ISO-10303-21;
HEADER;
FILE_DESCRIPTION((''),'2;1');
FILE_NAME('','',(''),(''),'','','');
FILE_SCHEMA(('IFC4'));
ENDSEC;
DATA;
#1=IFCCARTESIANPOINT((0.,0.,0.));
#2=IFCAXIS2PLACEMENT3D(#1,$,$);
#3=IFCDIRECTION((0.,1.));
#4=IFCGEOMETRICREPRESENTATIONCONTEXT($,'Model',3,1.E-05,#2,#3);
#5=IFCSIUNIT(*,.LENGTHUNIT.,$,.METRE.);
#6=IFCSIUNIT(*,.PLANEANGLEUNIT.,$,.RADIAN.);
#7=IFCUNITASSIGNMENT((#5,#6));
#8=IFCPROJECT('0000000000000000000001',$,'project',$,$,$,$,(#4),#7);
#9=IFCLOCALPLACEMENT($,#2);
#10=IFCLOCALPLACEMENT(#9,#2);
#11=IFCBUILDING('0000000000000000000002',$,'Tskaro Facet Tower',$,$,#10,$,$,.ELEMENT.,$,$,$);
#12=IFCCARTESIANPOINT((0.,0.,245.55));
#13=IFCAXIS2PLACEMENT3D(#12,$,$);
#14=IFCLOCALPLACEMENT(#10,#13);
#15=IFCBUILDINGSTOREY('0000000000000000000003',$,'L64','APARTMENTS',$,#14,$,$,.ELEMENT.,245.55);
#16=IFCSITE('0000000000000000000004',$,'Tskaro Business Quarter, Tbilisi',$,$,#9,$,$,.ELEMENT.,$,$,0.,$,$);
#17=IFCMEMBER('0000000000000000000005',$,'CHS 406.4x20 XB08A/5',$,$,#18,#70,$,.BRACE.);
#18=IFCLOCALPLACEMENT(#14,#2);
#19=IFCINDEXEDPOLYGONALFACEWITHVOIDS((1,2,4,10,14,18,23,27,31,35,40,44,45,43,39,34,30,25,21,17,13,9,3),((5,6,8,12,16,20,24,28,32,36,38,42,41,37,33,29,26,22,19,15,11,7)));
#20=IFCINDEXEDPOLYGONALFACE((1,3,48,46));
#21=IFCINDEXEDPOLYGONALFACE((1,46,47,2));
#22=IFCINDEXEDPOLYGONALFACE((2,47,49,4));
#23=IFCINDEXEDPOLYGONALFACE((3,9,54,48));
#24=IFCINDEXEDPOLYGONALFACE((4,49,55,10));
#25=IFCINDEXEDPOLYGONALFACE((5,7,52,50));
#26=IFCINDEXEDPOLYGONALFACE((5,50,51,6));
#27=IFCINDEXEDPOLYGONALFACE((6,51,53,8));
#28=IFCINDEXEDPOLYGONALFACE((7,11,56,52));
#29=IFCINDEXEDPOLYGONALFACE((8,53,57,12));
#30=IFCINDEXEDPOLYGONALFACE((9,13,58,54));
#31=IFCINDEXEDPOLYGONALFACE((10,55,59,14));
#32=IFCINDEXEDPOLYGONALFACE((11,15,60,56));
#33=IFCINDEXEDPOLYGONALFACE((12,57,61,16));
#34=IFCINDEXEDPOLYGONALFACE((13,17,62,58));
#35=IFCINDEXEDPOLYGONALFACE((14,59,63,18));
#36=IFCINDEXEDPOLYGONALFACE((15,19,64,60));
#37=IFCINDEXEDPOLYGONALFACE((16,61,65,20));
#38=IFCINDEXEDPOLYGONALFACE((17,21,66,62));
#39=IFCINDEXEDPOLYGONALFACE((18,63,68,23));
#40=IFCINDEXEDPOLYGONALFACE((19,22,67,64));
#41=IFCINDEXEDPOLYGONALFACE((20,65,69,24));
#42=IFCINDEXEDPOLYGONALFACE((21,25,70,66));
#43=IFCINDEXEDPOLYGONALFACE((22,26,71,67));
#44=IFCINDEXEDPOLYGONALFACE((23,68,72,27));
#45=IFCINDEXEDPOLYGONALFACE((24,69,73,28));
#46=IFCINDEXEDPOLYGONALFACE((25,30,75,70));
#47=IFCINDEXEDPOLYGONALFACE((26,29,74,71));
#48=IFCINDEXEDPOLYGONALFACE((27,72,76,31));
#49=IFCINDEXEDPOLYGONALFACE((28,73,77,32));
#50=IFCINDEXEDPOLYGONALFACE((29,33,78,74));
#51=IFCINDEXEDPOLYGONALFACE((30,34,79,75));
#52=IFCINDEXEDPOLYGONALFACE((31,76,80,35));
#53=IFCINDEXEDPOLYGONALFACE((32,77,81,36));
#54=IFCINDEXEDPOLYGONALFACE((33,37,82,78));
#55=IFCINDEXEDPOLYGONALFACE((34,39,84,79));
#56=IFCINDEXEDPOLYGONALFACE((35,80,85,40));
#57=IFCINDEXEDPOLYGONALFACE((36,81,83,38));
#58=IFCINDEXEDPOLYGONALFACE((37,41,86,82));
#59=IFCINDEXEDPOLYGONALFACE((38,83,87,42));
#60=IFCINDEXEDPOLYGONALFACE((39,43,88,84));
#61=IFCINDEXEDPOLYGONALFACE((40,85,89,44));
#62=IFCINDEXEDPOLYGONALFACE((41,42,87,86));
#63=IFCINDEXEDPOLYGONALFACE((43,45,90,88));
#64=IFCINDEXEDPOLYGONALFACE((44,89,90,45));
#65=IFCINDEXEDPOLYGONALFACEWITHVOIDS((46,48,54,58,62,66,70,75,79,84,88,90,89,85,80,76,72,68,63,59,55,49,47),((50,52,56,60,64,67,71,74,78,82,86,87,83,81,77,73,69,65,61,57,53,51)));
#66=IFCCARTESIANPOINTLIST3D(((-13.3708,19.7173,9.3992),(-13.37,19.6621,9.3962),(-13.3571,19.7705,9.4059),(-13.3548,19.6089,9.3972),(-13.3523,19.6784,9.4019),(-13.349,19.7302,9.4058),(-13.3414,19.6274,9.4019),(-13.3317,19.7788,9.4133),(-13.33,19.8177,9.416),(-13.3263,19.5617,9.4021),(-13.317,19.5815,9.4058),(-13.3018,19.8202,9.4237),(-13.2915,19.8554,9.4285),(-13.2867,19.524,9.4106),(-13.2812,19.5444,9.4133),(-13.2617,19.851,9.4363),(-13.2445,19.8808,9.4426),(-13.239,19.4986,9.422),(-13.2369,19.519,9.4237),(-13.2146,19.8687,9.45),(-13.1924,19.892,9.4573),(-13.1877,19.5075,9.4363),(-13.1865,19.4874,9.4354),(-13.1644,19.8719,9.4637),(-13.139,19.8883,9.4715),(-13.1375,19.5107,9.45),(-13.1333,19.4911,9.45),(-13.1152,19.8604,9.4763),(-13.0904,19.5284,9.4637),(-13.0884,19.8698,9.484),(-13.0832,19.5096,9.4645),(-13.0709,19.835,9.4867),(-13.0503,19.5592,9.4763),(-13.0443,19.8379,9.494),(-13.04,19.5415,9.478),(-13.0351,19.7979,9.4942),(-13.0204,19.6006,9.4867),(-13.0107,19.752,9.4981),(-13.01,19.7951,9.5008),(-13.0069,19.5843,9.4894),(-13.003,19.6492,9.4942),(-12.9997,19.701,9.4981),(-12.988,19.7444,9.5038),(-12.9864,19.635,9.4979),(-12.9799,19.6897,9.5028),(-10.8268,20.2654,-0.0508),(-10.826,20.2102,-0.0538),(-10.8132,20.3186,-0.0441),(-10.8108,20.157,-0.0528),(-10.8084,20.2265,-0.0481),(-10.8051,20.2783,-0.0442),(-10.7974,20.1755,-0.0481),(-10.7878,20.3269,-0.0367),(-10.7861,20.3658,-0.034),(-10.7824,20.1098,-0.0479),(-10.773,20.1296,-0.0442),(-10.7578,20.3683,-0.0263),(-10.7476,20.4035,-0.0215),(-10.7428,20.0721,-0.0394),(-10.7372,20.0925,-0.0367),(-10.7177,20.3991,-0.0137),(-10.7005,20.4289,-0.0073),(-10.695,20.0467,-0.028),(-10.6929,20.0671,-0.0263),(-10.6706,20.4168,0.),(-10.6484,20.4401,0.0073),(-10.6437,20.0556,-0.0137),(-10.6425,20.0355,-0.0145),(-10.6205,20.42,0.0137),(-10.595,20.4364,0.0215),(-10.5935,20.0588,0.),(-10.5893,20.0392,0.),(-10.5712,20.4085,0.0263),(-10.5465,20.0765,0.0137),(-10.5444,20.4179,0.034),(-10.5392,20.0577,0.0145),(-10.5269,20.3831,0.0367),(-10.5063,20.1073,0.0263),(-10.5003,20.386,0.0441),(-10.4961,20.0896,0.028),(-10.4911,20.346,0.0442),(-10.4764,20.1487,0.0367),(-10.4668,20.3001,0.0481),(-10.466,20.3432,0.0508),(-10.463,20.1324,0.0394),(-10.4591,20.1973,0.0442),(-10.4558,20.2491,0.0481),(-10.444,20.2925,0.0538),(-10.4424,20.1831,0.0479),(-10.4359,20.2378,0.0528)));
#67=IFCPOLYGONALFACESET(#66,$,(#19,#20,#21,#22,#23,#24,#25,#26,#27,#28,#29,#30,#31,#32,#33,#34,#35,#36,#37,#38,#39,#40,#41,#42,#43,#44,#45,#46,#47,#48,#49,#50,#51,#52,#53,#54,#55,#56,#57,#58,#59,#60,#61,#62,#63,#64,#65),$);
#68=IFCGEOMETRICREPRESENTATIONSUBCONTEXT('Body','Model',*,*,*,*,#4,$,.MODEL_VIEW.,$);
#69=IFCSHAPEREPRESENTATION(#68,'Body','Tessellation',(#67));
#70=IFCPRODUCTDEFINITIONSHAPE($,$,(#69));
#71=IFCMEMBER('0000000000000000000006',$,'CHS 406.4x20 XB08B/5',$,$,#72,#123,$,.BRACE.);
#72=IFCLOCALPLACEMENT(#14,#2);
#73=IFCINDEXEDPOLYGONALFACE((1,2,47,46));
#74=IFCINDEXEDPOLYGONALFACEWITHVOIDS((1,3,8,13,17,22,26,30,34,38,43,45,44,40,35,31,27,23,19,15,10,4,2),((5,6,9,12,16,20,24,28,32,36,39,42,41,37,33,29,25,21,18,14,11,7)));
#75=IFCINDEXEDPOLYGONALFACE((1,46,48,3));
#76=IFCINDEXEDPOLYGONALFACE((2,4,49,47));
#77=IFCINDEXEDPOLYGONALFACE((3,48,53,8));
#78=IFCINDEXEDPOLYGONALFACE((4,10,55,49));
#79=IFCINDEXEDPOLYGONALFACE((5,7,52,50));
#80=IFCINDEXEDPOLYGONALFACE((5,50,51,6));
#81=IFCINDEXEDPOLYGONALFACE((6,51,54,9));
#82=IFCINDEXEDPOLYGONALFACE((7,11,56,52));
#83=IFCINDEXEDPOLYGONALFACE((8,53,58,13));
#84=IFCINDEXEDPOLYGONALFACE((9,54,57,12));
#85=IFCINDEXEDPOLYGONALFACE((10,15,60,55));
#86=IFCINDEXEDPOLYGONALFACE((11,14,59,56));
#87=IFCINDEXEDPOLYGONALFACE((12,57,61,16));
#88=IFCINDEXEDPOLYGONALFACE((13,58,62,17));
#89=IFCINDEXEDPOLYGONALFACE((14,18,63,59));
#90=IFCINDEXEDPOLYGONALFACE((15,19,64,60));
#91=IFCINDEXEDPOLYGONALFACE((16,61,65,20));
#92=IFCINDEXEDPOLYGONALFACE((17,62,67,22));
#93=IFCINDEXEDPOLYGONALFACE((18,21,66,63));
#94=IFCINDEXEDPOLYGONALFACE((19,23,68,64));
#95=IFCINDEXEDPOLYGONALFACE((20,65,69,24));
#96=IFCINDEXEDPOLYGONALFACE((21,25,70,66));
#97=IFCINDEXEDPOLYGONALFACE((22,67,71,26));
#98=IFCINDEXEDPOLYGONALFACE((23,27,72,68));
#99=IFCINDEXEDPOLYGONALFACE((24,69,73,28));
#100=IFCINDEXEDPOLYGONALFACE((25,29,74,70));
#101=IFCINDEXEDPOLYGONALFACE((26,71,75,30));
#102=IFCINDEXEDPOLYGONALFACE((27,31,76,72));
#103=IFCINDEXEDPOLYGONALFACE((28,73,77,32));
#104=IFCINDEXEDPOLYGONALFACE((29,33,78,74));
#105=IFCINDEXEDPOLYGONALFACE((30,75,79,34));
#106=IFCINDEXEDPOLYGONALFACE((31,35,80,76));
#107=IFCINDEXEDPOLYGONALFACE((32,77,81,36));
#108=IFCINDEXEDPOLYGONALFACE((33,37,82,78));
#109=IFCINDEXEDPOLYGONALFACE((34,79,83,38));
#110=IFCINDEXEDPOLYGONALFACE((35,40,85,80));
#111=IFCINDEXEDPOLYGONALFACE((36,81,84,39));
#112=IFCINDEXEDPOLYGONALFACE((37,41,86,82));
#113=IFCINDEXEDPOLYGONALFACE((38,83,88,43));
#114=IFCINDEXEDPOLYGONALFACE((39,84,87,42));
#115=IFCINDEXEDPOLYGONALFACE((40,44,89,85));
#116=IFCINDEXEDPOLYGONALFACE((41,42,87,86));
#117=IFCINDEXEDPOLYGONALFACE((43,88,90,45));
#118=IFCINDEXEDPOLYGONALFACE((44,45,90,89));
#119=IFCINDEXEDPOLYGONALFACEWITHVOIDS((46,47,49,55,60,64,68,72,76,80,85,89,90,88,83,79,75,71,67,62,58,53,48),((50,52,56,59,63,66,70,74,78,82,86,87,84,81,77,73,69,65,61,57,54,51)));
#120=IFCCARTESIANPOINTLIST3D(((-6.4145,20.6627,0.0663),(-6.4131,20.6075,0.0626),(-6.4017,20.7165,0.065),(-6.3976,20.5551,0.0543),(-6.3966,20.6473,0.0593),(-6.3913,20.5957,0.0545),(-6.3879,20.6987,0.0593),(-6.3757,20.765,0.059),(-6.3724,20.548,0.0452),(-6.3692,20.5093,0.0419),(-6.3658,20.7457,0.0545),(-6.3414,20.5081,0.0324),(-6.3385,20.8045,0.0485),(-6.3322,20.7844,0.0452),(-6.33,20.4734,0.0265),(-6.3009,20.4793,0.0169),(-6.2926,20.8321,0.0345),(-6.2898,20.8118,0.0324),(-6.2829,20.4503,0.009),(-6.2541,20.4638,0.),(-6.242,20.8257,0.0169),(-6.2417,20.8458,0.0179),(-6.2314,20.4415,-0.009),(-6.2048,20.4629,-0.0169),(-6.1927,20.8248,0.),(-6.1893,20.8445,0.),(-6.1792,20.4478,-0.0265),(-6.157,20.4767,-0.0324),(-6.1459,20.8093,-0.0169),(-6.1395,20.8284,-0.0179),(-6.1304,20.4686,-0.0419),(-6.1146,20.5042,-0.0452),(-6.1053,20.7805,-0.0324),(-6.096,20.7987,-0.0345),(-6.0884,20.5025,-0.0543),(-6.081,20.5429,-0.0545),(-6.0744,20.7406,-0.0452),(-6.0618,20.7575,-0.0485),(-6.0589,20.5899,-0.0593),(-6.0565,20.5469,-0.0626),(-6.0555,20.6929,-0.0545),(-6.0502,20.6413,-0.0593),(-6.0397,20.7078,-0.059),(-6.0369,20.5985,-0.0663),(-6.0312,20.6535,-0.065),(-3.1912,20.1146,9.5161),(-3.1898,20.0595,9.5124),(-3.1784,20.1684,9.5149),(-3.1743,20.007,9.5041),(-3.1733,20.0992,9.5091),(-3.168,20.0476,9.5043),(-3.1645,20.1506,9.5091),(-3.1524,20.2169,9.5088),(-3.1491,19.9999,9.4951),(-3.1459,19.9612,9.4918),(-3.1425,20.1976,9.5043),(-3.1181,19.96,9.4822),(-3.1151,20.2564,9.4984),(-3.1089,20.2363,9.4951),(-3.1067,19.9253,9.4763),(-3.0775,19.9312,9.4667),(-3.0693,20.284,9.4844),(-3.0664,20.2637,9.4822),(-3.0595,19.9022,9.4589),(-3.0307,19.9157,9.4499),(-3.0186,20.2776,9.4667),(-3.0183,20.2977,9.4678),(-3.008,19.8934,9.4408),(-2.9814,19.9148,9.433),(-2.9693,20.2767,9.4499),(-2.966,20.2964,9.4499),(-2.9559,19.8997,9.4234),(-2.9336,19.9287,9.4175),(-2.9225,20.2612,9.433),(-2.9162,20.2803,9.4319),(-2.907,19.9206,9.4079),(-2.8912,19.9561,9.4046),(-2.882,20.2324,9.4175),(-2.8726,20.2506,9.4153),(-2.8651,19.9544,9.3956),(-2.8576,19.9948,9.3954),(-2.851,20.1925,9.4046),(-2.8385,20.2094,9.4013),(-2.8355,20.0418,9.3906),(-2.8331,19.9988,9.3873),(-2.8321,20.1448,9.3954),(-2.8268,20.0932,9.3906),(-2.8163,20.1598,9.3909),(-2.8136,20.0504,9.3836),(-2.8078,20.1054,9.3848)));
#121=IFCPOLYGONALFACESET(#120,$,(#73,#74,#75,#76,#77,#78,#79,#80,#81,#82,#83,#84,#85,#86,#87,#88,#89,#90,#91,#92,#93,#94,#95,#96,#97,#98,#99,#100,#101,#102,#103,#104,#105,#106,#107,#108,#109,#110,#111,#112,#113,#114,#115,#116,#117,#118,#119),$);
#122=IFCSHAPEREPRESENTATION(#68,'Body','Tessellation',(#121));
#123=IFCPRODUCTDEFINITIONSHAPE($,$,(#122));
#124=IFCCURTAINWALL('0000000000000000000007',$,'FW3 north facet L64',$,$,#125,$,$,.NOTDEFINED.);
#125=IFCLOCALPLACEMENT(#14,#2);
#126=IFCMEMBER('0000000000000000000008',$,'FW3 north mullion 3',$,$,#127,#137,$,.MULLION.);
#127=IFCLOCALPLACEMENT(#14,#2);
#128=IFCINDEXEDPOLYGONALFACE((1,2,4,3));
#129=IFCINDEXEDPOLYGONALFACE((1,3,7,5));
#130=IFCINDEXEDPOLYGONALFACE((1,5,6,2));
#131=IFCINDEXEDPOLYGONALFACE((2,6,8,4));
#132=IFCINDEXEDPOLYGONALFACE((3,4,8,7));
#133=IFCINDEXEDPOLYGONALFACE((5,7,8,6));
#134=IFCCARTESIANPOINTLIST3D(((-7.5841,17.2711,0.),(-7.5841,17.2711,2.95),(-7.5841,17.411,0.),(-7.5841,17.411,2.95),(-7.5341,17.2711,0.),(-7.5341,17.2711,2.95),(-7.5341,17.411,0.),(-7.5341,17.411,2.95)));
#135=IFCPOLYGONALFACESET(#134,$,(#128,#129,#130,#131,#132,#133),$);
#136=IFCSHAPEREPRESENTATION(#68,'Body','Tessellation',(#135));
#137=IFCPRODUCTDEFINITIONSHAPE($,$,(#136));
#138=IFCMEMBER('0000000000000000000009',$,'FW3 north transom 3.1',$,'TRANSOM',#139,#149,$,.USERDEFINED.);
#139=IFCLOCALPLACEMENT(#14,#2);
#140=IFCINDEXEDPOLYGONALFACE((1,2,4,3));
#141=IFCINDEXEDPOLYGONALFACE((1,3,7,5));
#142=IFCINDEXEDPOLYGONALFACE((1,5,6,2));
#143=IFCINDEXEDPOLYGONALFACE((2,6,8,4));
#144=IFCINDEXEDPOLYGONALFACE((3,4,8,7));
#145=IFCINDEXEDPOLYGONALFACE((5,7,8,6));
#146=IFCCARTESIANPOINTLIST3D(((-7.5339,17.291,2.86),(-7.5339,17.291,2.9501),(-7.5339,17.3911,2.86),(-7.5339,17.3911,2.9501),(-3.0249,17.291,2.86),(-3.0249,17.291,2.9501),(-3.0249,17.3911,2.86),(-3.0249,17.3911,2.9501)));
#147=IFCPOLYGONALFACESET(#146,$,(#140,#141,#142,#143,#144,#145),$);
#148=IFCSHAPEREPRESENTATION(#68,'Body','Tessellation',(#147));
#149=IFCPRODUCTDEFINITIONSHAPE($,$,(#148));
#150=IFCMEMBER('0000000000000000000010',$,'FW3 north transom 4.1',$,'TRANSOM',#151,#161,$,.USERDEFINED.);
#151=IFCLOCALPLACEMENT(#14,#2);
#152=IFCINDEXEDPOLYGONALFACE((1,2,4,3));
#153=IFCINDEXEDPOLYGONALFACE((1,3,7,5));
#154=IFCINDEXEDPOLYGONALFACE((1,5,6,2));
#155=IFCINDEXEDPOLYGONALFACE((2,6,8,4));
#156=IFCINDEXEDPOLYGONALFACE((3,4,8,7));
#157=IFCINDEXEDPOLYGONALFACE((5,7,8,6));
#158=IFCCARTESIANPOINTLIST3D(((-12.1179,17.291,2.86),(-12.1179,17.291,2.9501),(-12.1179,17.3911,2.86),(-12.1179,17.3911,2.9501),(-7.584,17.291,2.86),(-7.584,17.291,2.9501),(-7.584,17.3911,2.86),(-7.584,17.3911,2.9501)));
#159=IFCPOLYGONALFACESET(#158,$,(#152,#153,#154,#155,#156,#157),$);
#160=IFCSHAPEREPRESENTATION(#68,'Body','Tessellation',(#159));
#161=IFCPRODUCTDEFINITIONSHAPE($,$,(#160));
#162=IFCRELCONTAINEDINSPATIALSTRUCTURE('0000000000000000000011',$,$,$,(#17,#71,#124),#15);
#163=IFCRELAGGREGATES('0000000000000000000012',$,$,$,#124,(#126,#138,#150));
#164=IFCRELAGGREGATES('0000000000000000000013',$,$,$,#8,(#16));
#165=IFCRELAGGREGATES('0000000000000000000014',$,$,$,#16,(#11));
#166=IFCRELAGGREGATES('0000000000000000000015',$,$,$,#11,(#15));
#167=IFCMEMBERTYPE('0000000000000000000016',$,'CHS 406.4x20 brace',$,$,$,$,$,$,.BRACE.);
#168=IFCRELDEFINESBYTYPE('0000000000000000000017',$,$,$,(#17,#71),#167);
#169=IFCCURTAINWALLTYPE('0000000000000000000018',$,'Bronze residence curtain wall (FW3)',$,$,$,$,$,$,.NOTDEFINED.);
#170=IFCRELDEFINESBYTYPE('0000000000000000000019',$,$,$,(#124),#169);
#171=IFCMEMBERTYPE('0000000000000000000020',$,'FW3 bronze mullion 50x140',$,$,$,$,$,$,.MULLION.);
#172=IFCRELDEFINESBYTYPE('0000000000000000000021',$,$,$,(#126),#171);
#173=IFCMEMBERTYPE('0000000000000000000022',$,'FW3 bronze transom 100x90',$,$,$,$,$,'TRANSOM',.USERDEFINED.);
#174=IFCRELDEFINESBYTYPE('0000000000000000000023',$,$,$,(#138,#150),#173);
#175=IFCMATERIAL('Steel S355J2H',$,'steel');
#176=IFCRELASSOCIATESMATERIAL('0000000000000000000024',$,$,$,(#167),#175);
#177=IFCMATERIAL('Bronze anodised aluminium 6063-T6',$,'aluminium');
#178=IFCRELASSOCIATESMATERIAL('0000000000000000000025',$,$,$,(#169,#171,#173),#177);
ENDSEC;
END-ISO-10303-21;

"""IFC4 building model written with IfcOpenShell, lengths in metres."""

from ifc_helpers import new_model, si_unit, direction, frame, origin, origin_2d, place, context, subcontext, project, spatial, rectangle, hollow_circle, extrude, material, material_profile, profile_set, type_object, element, aggregate, save


model = new_model("IFC4")

# Units and contexts
model_context = context("Model", 3, precision=1e-05, world=origin(), true_north=direction((0.0, 1.0)))
body_context = subcontext(model_context, "Body", "Model", "MODEL_VIEW")
ifc_project = project(units=[si_unit("LENGTHUNIT", "METRE"), si_unit("PLANEANGLEUNIT", "RADIAN")], contexts=[model_context])

# Site, building, storey
site_placement = place(None, origin())
site = spatial("IfcSite", under=ifc_project, at=site_placement, Name="Tskaro Business Quarter, Tbilisi", CompositionType="ELEMENT", RefElevation=0.0)
building_placement = place(site_placement, origin())
building = spatial("IfcBuilding", under=site, at=building_placement, Name="Tskaro Facet Tower", CompositionType="ELEMENT")
storey_placement = place(building_placement, frame((0.0, 0.0, 245.55)))
storey = spatial("IfcBuildingStorey", under=building, at=storey_placement, Name="L64", Description="APARTMENTS", CompositionType="ELEMENT", Elevation=245.55)

# Shared definitions
ifc_material_1 = material(Name="Steel S355J2H", Category="steel")

# Members
ifc_material_profile_1 = material_profile(ifc_material_1, hollow_circle(Radius=0.2031, WallThickness=0.02, at=origin_2d()), Name="CHS 406.4x20")
ifc_profile_set_1 = profile_set([ifc_material_profile_1], Name="Steel S355J2H")
member_type_1 = type_object("IfcMemberType", Name="CHS 406.4x20 brace", PredefinedType="BRACE", material=ifc_profile_set_1)
member_1_placement = place(storey_placement, frame((-10.6321, 20.2378, 0.0), z_axis=(-0.259541, -0.055918, 0.964112), x_axis=(0.210618, -0.977568, 0.0)))
element("IfcMember", 1, at=member_1_placement, inside=storey, type_object=member_type_1, Name="CHS 406.4x20 XB08A/5", PredefinedType="BRACE", context=body_context, shape_type="SweptSolid", body=[
    extrude(hollow_circle(Radius=0.2031, WallThickness=0.02, at=origin_2d()), origin(), (0.0, 0.0, 1.0), 9.8018),
])
member_2_placement = place(storey_placement, frame((-6.2234, 20.6443, 0.0), z_axis=(0.322351, -0.054812, 0.945032), x_axis=(0.167631, 0.98585, 0.0)))
element("IfcMember", 2, at=member_2_placement, inside=storey, type_object=member_type_1, Name="CHS 406.4x20 XB08B/5", PredefinedType="BRACE", context=body_context, shape_type="SweptSolid", body=[
    extrude(hollow_circle(Radius=0.2031, WallThickness=0.02, at=origin_2d()), origin(), (0.0, 0.0, 1.0), 9.9995),
])

# Curtain wall, members
ifc_material_2 = material(Name="Bronze anodised aluminium 6063-T6", Category="aluminium")
curtain_wall_type = type_object("IfcCurtainWallType", Name="Bronze residence curtain wall (FW3)", PredefinedType="NOTDEFINED", material=ifc_material_2)
curtain_wall_placement = place(storey_placement, origin())
curtain_wall = element("IfcCurtainWall", 3, at=curtain_wall_placement, inside=storey, type_object=curtain_wall_type, Name="FW3 north facet L64", PredefinedType="NOTDEFINED")
ifc_material_profile_2 = material_profile(ifc_material_2, rectangle(XDim=0.05, YDim=0.1399, at=origin_2d()), Name="Mullion 50x140")
ifc_profile_set_2 = profile_set([ifc_material_profile_2], Name="Bronze anodised aluminium 6063-T6")
member_type_2 = type_object("IfcMemberType", Name="FW3 bronze mullion 50x140", PredefinedType="MULLION", material=ifc_profile_set_2)
member_3_placement = place(storey_placement, frame((-7.5591, 17.3411, 0.0), z_axis=(0.0, 0.0, 1.0), x_axis=(-1.0, 0.0, 0.0)))
member_3 = element("IfcMember", 4, at=member_3_placement, type_object=member_type_2, Name="FW3 north mullion 3", PredefinedType="MULLION", context=body_context, shape_type="SweptSolid", body=[
    extrude(rectangle(XDim=0.05, YDim=0.1399, at=origin_2d()), origin(), (0.0, 0.0, 1.0), 2.95),
])
ifc_material_profile_3 = material_profile(ifc_material_2, rectangle(XDim=0.1001, YDim=0.0901, at=origin_2d()), Name="Transom 100x90")
ifc_profile_set_3 = profile_set([ifc_material_profile_3], Name="Bronze anodised aluminium 6063-T6")
member_type_3 = type_object("IfcMemberType", Name="FW3 bronze transom 100x90", ElementType="TRANSOM", PredefinedType="USERDEFINED", material=ifc_profile_set_3)
member_4_placement = place(storey_placement, frame((-3.0249, 17.3411, 2.905), z_axis=(-1.0, 0.0, 0.0), x_axis=(0.0, -1.0, 0.0)))
member_4 = element("IfcMember", 5, at=member_4_placement, type_object=member_type_3, Name="FW3 north transom 3.1", ObjectType="TRANSOM", PredefinedType="USERDEFINED", context=body_context, shape_type="SweptSolid", body=[
    extrude(rectangle(XDim=0.1001, YDim=0.0901, at=origin_2d()), origin(), (0.0, 0.0, 1.0), 4.509),
])
member_5_placement = place(storey_placement, frame((-7.584, 17.3411, 2.905), z_axis=(-1.0, 0.0, 0.0), x_axis=(0.0, -1.0, 0.0)))
member_5 = element("IfcMember", 6, at=member_5_placement, type_object=member_type_3, Name="FW3 north transom 4.1", ObjectType="TRANSOM", PredefinedType="USERDEFINED", context=body_context, shape_type="SweptSolid", body=[
    extrude(rectangle(XDim=0.1001, YDim=0.0901, at=origin_2d()), origin(), (0.0, 0.0, 1.0), 4.5339),
])

aggregate(curtain_wall, [member_3, member_4, member_5])

save(model, "model.ifc")
